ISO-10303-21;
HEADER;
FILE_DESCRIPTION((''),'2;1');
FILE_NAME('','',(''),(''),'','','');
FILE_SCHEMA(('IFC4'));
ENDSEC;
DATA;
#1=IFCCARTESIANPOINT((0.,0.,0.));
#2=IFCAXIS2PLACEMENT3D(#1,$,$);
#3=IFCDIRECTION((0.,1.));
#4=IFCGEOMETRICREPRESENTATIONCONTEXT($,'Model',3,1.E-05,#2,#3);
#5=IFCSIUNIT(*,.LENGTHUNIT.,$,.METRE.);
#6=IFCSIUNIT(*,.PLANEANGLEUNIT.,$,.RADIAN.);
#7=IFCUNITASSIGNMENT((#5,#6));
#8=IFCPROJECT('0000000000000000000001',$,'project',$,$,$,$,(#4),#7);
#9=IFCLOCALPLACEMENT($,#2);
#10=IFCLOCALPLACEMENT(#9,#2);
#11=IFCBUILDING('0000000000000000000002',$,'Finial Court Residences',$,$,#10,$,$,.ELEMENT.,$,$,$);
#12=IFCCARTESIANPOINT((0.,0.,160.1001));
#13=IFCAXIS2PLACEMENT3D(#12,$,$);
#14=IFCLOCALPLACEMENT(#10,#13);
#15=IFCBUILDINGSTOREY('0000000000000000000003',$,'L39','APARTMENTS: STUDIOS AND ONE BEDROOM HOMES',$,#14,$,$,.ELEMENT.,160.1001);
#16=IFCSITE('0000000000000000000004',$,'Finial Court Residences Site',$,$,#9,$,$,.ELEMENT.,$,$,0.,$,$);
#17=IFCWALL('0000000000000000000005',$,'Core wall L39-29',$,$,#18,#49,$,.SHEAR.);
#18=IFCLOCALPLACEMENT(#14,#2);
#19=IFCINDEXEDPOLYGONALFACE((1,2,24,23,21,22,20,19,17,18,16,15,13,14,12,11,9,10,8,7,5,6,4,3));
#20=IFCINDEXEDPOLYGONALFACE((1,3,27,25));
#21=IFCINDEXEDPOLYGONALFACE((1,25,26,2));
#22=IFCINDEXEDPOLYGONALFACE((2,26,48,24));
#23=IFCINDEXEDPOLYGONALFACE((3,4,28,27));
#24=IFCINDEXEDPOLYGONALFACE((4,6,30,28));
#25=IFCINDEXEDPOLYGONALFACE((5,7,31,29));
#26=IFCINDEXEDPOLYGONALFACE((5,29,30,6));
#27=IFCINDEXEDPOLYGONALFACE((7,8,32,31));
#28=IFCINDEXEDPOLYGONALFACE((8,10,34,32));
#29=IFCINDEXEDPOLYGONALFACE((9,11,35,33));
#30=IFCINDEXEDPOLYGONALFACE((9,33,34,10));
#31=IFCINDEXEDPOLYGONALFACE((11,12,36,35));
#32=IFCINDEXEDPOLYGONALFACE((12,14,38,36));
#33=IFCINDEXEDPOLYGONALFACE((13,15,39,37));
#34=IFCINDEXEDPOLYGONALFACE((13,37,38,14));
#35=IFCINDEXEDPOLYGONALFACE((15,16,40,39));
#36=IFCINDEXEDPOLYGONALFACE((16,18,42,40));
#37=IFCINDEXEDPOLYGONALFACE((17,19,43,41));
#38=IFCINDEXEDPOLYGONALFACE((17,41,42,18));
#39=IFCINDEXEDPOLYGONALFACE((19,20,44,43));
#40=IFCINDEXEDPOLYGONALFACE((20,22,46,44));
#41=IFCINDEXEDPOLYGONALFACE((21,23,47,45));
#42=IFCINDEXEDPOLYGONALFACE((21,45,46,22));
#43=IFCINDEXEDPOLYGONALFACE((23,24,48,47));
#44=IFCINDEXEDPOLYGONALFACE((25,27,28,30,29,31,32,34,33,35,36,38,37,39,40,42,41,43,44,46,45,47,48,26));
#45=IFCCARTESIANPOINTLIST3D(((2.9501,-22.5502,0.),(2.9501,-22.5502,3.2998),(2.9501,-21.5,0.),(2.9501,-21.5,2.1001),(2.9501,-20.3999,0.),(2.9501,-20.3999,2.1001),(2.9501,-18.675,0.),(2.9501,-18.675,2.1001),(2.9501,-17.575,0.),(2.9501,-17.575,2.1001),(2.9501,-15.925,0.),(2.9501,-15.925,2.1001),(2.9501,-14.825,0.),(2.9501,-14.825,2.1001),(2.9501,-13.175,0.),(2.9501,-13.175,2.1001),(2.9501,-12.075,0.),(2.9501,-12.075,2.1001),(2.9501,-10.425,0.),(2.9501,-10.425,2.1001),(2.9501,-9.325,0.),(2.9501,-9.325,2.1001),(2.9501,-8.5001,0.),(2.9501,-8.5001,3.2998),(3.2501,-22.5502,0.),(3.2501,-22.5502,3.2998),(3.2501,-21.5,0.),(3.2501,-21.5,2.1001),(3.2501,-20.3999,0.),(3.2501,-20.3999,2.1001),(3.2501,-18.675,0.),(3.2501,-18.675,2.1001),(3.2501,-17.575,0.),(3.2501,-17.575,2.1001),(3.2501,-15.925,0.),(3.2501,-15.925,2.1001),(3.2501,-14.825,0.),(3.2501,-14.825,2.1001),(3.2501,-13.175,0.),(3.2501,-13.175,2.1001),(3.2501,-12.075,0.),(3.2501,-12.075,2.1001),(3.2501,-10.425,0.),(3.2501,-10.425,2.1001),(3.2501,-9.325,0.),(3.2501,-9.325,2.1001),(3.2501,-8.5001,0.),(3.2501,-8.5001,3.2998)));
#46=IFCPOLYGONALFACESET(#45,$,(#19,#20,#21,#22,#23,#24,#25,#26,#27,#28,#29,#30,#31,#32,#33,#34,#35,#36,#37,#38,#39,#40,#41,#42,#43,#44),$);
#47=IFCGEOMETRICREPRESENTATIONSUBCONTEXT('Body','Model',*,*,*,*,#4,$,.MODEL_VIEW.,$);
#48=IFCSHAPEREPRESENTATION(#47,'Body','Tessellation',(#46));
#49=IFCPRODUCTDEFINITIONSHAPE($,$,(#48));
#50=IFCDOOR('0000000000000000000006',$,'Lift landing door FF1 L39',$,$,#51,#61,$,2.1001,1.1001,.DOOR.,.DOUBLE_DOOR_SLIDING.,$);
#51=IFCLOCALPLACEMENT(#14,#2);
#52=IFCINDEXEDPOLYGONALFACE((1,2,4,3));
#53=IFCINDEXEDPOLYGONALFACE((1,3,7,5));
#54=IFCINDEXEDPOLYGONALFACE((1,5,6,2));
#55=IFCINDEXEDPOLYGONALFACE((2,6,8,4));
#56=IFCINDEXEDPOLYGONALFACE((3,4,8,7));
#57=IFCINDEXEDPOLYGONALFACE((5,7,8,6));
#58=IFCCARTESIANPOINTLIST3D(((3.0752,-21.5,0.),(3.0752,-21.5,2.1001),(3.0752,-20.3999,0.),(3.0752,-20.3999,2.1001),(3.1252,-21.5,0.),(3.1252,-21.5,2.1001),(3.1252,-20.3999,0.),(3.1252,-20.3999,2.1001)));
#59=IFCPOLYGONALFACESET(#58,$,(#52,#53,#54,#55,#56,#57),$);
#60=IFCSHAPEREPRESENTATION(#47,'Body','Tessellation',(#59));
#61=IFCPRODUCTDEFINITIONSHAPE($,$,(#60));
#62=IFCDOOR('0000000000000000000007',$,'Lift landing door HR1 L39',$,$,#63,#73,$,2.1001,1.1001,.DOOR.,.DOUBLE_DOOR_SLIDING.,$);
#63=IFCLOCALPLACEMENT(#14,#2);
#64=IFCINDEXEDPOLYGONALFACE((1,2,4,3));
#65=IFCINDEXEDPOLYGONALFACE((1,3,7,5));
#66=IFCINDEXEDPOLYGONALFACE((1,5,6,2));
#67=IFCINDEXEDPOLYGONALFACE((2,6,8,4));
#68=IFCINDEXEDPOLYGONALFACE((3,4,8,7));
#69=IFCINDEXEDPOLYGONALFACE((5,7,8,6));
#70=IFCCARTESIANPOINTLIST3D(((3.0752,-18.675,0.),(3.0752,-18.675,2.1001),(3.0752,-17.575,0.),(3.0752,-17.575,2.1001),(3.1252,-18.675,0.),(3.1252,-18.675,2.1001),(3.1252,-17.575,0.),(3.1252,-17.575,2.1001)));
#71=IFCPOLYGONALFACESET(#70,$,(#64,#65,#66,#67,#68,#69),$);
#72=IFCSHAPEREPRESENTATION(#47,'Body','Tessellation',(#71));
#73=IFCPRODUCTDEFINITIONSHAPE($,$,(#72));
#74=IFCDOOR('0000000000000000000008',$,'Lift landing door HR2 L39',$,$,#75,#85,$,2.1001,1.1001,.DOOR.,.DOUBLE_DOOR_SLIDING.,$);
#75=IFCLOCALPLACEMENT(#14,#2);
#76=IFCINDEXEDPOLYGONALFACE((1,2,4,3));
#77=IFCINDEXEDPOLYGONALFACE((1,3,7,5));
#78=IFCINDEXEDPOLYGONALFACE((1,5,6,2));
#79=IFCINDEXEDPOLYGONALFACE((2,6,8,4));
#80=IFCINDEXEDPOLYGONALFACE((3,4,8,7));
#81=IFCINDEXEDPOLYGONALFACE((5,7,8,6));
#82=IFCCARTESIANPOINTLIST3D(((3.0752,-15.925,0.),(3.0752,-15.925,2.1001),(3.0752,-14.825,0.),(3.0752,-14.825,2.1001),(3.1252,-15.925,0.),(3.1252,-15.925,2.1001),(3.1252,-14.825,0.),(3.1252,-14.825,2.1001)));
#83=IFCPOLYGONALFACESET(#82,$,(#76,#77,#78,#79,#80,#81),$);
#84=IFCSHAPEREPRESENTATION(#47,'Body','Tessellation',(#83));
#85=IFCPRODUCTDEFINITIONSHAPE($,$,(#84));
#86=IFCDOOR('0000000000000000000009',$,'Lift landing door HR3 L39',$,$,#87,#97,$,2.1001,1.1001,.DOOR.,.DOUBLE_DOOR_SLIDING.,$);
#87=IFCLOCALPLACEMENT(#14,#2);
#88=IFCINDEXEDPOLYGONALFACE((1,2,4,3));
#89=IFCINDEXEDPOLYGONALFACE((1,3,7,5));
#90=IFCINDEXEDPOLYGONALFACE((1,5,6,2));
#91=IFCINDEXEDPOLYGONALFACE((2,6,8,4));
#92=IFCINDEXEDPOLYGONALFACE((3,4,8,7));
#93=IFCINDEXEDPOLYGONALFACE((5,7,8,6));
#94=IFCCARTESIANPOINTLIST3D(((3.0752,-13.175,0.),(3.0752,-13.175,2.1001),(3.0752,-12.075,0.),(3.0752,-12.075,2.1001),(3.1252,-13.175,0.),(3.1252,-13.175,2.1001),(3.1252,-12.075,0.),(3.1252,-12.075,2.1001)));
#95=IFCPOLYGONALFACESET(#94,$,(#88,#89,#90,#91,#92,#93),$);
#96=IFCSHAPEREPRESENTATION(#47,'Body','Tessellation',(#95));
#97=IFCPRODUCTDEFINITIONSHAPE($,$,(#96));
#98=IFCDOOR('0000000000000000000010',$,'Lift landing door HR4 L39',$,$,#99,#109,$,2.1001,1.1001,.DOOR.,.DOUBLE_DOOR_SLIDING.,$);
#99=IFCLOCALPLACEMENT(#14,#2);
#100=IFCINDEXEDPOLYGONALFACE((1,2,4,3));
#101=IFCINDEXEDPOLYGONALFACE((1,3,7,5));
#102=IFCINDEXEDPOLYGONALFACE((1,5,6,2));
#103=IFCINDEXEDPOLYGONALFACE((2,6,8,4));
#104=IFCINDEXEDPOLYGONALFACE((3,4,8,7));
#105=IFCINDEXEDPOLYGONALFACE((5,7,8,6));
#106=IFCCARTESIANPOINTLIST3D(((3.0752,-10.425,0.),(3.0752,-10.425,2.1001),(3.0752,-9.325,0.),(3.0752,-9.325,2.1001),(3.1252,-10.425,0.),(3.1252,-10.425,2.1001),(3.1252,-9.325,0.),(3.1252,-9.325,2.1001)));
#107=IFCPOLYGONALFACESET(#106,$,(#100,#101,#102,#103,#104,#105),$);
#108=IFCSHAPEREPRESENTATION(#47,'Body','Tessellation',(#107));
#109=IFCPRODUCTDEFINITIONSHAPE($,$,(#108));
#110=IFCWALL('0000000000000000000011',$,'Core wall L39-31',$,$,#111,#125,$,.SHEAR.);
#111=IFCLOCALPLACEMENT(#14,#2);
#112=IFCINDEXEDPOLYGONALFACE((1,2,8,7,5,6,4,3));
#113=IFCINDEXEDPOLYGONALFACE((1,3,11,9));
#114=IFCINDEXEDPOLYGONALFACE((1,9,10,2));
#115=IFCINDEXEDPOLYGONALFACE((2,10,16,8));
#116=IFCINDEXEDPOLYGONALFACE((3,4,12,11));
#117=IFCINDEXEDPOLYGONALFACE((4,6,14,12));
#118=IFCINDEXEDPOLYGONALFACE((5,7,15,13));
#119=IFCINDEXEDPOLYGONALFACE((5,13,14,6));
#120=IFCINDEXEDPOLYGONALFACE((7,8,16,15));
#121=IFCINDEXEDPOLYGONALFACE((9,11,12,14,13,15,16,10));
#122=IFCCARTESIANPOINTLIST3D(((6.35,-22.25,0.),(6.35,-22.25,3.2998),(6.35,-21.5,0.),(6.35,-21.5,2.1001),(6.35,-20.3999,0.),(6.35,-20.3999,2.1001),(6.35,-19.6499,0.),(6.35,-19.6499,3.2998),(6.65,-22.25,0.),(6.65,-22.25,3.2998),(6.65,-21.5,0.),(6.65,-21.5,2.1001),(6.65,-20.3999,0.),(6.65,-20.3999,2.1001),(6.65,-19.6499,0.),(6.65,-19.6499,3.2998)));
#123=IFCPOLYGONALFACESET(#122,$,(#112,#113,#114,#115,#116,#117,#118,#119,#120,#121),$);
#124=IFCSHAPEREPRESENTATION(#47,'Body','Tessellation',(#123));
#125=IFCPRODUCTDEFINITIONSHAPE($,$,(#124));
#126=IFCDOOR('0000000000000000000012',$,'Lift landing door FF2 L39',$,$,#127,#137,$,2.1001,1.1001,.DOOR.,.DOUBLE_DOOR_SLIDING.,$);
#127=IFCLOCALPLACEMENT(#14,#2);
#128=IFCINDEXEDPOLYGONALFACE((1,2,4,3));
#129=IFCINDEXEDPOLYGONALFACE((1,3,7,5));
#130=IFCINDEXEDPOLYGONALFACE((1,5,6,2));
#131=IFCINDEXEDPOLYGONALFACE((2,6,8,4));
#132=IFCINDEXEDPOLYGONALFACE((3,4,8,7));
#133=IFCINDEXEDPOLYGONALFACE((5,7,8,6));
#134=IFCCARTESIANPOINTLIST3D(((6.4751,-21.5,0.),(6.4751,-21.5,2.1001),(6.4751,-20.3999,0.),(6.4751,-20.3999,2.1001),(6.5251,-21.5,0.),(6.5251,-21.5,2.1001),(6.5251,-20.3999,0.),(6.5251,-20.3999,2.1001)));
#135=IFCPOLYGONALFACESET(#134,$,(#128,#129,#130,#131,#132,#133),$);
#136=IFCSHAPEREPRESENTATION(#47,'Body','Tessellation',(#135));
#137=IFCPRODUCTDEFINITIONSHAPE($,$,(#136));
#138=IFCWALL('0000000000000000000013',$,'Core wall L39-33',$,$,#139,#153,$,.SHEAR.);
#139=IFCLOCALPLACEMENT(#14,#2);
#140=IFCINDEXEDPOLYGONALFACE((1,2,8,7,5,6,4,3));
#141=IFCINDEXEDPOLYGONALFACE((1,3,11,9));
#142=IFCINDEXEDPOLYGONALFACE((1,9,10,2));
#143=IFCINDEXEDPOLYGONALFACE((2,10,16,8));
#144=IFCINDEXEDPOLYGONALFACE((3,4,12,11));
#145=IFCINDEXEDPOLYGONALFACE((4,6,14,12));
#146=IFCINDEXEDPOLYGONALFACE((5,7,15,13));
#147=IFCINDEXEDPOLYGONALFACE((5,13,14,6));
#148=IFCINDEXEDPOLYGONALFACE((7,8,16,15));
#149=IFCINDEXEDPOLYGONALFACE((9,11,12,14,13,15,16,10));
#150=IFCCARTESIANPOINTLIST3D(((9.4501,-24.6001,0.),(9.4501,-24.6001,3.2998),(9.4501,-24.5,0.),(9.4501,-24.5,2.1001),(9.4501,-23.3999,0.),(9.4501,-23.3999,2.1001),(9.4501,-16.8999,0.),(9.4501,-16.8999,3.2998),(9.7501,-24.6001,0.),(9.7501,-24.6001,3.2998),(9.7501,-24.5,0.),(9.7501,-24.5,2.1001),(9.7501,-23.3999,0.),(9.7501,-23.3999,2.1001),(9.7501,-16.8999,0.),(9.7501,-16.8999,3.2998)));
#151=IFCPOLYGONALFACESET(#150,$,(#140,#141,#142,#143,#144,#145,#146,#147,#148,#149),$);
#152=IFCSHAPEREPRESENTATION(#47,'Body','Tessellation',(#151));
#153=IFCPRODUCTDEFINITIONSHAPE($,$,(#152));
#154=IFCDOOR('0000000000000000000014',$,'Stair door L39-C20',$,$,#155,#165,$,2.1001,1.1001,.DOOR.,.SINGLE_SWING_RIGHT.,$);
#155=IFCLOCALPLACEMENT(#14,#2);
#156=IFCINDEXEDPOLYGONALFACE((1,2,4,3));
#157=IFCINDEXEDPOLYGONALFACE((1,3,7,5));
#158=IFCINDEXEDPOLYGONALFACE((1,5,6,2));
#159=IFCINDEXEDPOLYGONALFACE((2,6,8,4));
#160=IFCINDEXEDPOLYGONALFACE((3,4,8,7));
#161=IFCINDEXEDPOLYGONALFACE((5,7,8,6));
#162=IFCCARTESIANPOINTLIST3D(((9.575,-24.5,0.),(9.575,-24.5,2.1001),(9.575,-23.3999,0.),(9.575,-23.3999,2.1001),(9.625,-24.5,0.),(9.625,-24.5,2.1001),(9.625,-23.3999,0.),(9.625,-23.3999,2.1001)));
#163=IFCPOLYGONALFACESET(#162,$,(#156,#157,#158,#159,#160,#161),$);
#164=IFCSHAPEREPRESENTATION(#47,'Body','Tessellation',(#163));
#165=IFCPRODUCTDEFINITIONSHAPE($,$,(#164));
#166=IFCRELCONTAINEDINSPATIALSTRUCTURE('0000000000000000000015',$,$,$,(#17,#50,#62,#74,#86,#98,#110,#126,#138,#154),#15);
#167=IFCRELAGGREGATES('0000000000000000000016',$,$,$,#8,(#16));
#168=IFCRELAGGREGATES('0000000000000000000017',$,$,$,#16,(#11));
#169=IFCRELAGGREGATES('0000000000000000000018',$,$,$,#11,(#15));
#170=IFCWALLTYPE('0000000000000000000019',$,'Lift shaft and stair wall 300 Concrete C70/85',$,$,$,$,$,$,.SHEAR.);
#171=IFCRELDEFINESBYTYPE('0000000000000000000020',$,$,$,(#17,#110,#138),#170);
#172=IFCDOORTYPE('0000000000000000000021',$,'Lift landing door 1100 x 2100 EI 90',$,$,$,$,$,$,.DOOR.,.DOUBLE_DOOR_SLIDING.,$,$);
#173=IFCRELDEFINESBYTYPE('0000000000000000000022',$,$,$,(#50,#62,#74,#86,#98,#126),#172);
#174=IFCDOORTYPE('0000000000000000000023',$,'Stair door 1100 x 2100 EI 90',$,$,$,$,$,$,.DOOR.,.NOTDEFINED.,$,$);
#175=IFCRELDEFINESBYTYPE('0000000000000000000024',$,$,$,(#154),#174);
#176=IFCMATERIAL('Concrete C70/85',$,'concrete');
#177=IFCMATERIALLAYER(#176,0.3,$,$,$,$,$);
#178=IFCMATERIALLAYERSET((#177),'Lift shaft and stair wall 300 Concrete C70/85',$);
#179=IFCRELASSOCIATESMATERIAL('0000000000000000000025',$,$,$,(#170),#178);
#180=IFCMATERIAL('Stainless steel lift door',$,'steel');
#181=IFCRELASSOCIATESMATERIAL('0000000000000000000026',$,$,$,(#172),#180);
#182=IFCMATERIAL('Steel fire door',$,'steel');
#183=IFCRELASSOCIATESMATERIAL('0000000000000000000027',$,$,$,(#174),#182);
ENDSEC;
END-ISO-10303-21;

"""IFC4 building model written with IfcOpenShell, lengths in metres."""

from ifc_helpers import new_model, si_unit, direction, frame, frame_2d, origin, place, context, subcontext, project, spatial, rectangle, extrude, material, layer, layer_set, type_object, element, fill, save


model = new_model("IFC4")

# Units and contexts
model_context = context("Model", 3, precision=1e-05, world=origin(), true_north=direction((0.0, 1.0)))
body_context = subcontext(model_context, "Body", "Model", "MODEL_VIEW")
ifc_project = project(units=[si_unit("LENGTHUNIT", "METRE"), si_unit("PLANEANGLEUNIT", "RADIAN")], contexts=[model_context])

# Site, building, storey
site_placement = place(None, origin())
site = spatial("IfcSite", under=ifc_project, at=site_placement, Name="Finial Court Residences Site", CompositionType="ELEMENT", RefElevation=0.0)
building_placement = place(site_placement, origin())
building = spatial("IfcBuilding", under=site, at=building_placement, Name="Finial Court Residences", CompositionType="ELEMENT")
storey_placement = place(building_placement, frame((0.0, 0.0, 160.1001)))
storey = spatial("IfcBuildingStorey", under=building, at=storey_placement, Name="L39", Description="APARTMENTS: STUDIOS AND ONE BEDROOM HOMES", CompositionType="ELEMENT", Elevation=160.1001)

# Shared definitions
ifc_material_1 = material(Name="Steel fire door", Category="steel")

# Shared definitions
ifc_material_2 = material(Name="Concrete C70/85", Category="concrete")
ifc_layer_1 = layer(ifc_material_2, 0.3)
ifc_layer_set_1 = layer_set([ifc_layer_1], Name="Lift shaft and stair wall 300 Concrete C70/85")
wall_type_1 = type_object("IfcWallType", Name="Lift shaft and stair wall 300 Concrete C70/85", PredefinedType="SHEAR", material=ifc_layer_set_1)

# Wall, openings, doors
wall_1_placement = place(storey_placement, frame((3.1001, -22.55, 0.0), z_axis=(0.0, 0.0, 1.0), x_axis=(0.0, 1.0, 0.0)))
wall_1 = element("IfcWall", 1, at=wall_1_placement, inside=storey, type_object=wall_type_1, Name="Core wall L39-29", PredefinedType="SHEAR", context=body_context, shape_type="SweptSolid", body=[
    extrude(rectangle(XDim=14.05, YDim=0.3, at=frame_2d((7.0249, 0.0))), origin(), (0.0, 0.0, 1.0), 3.2998),
])
opening_1_placement = place(wall_1_placement, frame((1.05, 0.0, 0.0)))
opening_1 = element("IfcOpeningElement", 2, at=opening_1_placement, cuts=wall_1, PredefinedType="OPENING", context=body_context, shape_type="SweptSolid", body=[
    extrude(rectangle(XDim=1.1001, YDim=2.1001, at=frame_2d((0.55, 1.05))), frame((0.0, 0.1599, 0.0), z_axis=(0.0, -1.0, 0.0), x_axis=(1.0, 0.0, 0.0)), (0.0, 0.0, 1.0), 0.3201),
])
opening_2_placement = place(wall_1_placement, frame((3.875, 0.0, 0.0)))
opening_2 = element("IfcOpeningElement", 3, at=opening_2_placement, cuts=wall_1, PredefinedType="OPENING", context=body_context, shape_type="SweptSolid", body=[
    extrude(rectangle(XDim=1.1001, YDim=2.1001, at=frame_2d((0.55, 1.05))), frame((0.0, 0.1599, 0.0), z_axis=(0.0, -1.0, 0.0), x_axis=(1.0, 0.0, 0.0)), (0.0, 0.0, 1.0), 0.3201),
])
opening_3_placement = place(wall_1_placement, frame((6.625, 0.0, 0.0)))
opening_3 = element("IfcOpeningElement", 4, at=opening_3_placement, cuts=wall_1, PredefinedType="OPENING", context=body_context, shape_type="SweptSolid", body=[
    extrude(rectangle(XDim=1.1001, YDim=2.1001, at=frame_2d((0.55, 1.05))), frame((0.0, 0.1599, 0.0), z_axis=(0.0, -1.0, 0.0), x_axis=(1.0, 0.0, 0.0)), (0.0, 0.0, 1.0), 0.3201),
])
opening_4_placement = place(wall_1_placement, frame((9.375, 0.0, 0.0)))
opening_4 = element("IfcOpeningElement", 5, at=opening_4_placement, cuts=wall_1, PredefinedType="OPENING", context=body_context, shape_type="SweptSolid", body=[
    extrude(rectangle(XDim=1.1001, YDim=2.1001, at=frame_2d((0.55, 1.05))), frame((0.0, 0.1599, 0.0), z_axis=(0.0, -1.0, 0.0), x_axis=(1.0, 0.0, 0.0)), (0.0, 0.0, 1.0), 0.3201),
])
opening_5_placement = place(wall_1_placement, frame((12.125, 0.0, 0.0)))
opening_5 = element("IfcOpeningElement", 6, at=opening_5_placement, cuts=wall_1, PredefinedType="OPENING", context=body_context, shape_type="SweptSolid", body=[
    extrude(rectangle(XDim=1.1001, YDim=2.1001, at=frame_2d((0.55, 1.05))), frame((0.0, 0.1599, 0.0), z_axis=(0.0, -1.0, 0.0), x_axis=(1.0, 0.0, 0.0)), (0.0, 0.0, 1.0), 0.3201),
])
ifc_material_3 = material(Name="Stainless steel lift door", Category="steel")
door_type_1 = type_object("IfcDoorType", Name="Lift landing door 1100 x 2100 EI 90", OperationType="DOUBLE_DOOR_SLIDING", PredefinedType="DOOR", material=ifc_material_3)
door_1_placement = place(opening_1_placement, origin())
door_1 = element("IfcDoor", 7, at=door_1_placement, inside=storey, type_object=door_type_1, Name="Lift landing door FF1 L39", OperationType="DOUBLE_DOOR_SLIDING", OverallHeight=2.1001, OverallWidth=1.1001, PredefinedType="DOOR", context=body_context, shape_type="SweptSolid", body=[
    extrude(rectangle(XDim=1.1001, YDim=2.1001, at=frame_2d((0.55, 1.05))), frame((0.0, 0.0249, 0.0), z_axis=(0.0, -1.0, 0.0), x_axis=(1.0, 0.0, 0.0)), (0.0, 0.0, 1.0), 0.05),
])
fill(opening_1, door_1)
door_2_placement = place(opening_2_placement, origin())
door_2 = element("IfcDoor", 8, at=door_2_placement, inside=storey, type_object=door_type_1, Name="Lift landing door HR1 L39", OperationType="DOUBLE_DOOR_SLIDING", OverallHeight=2.1001, OverallWidth=1.1001, PredefinedType="DOOR", context=body_context, shape_type="SweptSolid", body=[
    extrude(rectangle(XDim=1.1001, YDim=2.1001, at=frame_2d((0.55, 1.05))), frame((0.0, 0.0249, 0.0), z_axis=(0.0, -1.0, 0.0), x_axis=(1.0, 0.0, 0.0)), (0.0, 0.0, 1.0), 0.05),
])
fill(opening_2, door_2)
door_3_placement = place(opening_3_placement, origin())
door_3 = element("IfcDoor", 9, at=door_3_placement, inside=storey, type_object=door_type_1, Name="Lift landing door HR2 L39", OperationType="DOUBLE_DOOR_SLIDING", OverallHeight=2.1001, OverallWidth=1.1001, PredefinedType="DOOR", context=body_context, shape_type="SweptSolid", body=[
    extrude(rectangle(XDim=1.1001, YDim=2.1001, at=frame_2d((0.55, 1.05))), frame((0.0, 0.0249, 0.0), z_axis=(0.0, -1.0, 0.0), x_axis=(1.0, 0.0, 0.0)), (0.0, 0.0, 1.0), 0.05),
])
fill(opening_3, door_3)
door_4_placement = place(opening_4_placement, origin())
door_4 = element("IfcDoor", 10, at=door_4_placement, inside=storey, type_object=door_type_1, Name="Lift landing door HR3 L39", OperationType="DOUBLE_DOOR_SLIDING", OverallHeight=2.1001, OverallWidth=1.1001, PredefinedType="DOOR", context=body_context, shape_type="SweptSolid", body=[
    extrude(rectangle(XDim=1.1001, YDim=2.1001, at=frame_2d((0.55, 1.05))), frame((0.0, 0.0249, 0.0), z_axis=(0.0, -1.0, 0.0), x_axis=(1.0, 0.0, 0.0)), (0.0, 0.0, 1.0), 0.05),
])
fill(opening_4, door_4)
door_5_placement = place(opening_5_placement, origin())
door_5 = element("IfcDoor", 11, at=door_5_placement, inside=storey, type_object=door_type_1, Name="Lift landing door HR4 L39", OperationType="DOUBLE_DOOR_SLIDING", OverallHeight=2.1001, OverallWidth=1.1001, PredefinedType="DOOR", context=body_context, shape_type="SweptSolid", body=[
    extrude(rectangle(XDim=1.1001, YDim=2.1001, at=frame_2d((0.55, 1.05))), frame((0.0, 0.0249, 0.0), z_axis=(0.0, -1.0, 0.0), x_axis=(1.0, 0.0, 0.0)), (0.0, 0.0, 1.0), 0.05),
])
fill(opening_5, door_5)

# Walls, openings, doors
wall_2_placement = place(storey_placement, frame((6.5, -22.25, 0.0), z_axis=(0.0, 0.0, 1.0), x_axis=(0.0, 1.0, 0.0)))
wall_2 = element("IfcWall", 12, at=wall_2_placement, inside=storey, type_object=wall_type_1, Name="Core wall L39-31", PredefinedType="SHEAR", context=body_context, shape_type="SweptSolid", body=[
    extrude(rectangle(XDim=2.6001, YDim=0.3, at=frame_2d((1.3, 0.0))), origin(), (0.0, 0.0, 1.0), 3.2998),
])
opening_6_placement = place(wall_2_placement, frame((0.75, 0.0, 0.0)))
opening_6 = element("IfcOpeningElement", 13, at=opening_6_placement, cuts=wall_2, PredefinedType="OPENING", context=body_context, shape_type="SweptSolid", body=[
    extrude(rectangle(XDim=1.1001, YDim=2.1001, at=frame_2d((0.55, 1.05))), frame((0.0, 0.1599, 0.0), z_axis=(0.0, -1.0, 0.0), x_axis=(1.0, 0.0, 0.0)), (0.0, 0.0, 1.0), 0.3201),
])
door_6_placement = place(opening_6_placement, origin())
door_6 = element("IfcDoor", 14, at=door_6_placement, inside=storey, type_object=door_type_1, Name="Lift landing door FF2 L39", OperationType="DOUBLE_DOOR_SLIDING", OverallHeight=2.1001, OverallWidth=1.1001, PredefinedType="DOOR", context=body_context, shape_type="SweptSolid", body=[
    extrude(rectangle(XDim=1.1001, YDim=2.1001, at=frame_2d((0.55, 1.05))), frame((0.0, 0.0249, 0.0), z_axis=(0.0, -1.0, 0.0), x_axis=(1.0, 0.0, 0.0)), (0.0, 0.0, 1.0), 0.05),
])
fill(opening_6, door_6)
wall_3_placement = place(storey_placement, frame((9.6001, -16.8999, 0.0), z_axis=(0.0, 0.0, 1.0), x_axis=(0.0, -1.0, 0.0)))
wall_3 = element("IfcWall", 15, at=wall_3_placement, inside=storey, type_object=wall_type_1, Name="Core wall L39-33", PredefinedType="SHEAR", context=body_context, shape_type="SweptSolid", body=[
    extrude(rectangle(XDim=7.7002, YDim=0.3, at=frame_2d((3.8501, 0.0))), origin(), (0.0, 0.0, 1.0), 3.2998),
])
opening_7_placement = place(wall_3_placement, frame((6.5, 0.0, 0.0)))
opening_7 = element("IfcOpeningElement", 16, at=opening_7_placement, cuts=wall_3, PredefinedType="OPENING", context=body_context, shape_type="SweptSolid", body=[
    extrude(rectangle(XDim=1.1001, YDim=2.1001, at=frame_2d((0.55, 1.05))), frame((0.0, 0.1599, 0.0), z_axis=(0.0, -1.0, 0.0), x_axis=(1.0, 0.0, 0.0)), (0.0, 0.0, 1.0), 0.3201),
])
door_type_2 = type_object("IfcDoorType", Name="Stair door 1100 x 2100 EI 90", OperationType="NOTDEFINED", PredefinedType="DOOR", material=ifc_material_1)
door_7_placement = place(opening_7_placement, origin())
door_7 = element("IfcDoor", 17, at=door_7_placement, inside=storey, type_object=door_type_2, Name="Stair door L39-C20", OperationType="SINGLE_SWING_RIGHT", OverallHeight=2.1001, OverallWidth=1.1001, PredefinedType="DOOR", context=body_context, shape_type="SweptSolid", body=[
    extrude(rectangle(XDim=1.1001, YDim=2.1001, at=frame_2d((0.55, 1.05))), frame((0.0, 0.0249, 0.0), z_axis=(0.0, -1.0, 0.0), x_axis=(1.0, 0.0, 0.0)), (0.0, 0.0, 1.0), 0.05),
])
fill(opening_7, door_7)

save(model, "model.ifc")
